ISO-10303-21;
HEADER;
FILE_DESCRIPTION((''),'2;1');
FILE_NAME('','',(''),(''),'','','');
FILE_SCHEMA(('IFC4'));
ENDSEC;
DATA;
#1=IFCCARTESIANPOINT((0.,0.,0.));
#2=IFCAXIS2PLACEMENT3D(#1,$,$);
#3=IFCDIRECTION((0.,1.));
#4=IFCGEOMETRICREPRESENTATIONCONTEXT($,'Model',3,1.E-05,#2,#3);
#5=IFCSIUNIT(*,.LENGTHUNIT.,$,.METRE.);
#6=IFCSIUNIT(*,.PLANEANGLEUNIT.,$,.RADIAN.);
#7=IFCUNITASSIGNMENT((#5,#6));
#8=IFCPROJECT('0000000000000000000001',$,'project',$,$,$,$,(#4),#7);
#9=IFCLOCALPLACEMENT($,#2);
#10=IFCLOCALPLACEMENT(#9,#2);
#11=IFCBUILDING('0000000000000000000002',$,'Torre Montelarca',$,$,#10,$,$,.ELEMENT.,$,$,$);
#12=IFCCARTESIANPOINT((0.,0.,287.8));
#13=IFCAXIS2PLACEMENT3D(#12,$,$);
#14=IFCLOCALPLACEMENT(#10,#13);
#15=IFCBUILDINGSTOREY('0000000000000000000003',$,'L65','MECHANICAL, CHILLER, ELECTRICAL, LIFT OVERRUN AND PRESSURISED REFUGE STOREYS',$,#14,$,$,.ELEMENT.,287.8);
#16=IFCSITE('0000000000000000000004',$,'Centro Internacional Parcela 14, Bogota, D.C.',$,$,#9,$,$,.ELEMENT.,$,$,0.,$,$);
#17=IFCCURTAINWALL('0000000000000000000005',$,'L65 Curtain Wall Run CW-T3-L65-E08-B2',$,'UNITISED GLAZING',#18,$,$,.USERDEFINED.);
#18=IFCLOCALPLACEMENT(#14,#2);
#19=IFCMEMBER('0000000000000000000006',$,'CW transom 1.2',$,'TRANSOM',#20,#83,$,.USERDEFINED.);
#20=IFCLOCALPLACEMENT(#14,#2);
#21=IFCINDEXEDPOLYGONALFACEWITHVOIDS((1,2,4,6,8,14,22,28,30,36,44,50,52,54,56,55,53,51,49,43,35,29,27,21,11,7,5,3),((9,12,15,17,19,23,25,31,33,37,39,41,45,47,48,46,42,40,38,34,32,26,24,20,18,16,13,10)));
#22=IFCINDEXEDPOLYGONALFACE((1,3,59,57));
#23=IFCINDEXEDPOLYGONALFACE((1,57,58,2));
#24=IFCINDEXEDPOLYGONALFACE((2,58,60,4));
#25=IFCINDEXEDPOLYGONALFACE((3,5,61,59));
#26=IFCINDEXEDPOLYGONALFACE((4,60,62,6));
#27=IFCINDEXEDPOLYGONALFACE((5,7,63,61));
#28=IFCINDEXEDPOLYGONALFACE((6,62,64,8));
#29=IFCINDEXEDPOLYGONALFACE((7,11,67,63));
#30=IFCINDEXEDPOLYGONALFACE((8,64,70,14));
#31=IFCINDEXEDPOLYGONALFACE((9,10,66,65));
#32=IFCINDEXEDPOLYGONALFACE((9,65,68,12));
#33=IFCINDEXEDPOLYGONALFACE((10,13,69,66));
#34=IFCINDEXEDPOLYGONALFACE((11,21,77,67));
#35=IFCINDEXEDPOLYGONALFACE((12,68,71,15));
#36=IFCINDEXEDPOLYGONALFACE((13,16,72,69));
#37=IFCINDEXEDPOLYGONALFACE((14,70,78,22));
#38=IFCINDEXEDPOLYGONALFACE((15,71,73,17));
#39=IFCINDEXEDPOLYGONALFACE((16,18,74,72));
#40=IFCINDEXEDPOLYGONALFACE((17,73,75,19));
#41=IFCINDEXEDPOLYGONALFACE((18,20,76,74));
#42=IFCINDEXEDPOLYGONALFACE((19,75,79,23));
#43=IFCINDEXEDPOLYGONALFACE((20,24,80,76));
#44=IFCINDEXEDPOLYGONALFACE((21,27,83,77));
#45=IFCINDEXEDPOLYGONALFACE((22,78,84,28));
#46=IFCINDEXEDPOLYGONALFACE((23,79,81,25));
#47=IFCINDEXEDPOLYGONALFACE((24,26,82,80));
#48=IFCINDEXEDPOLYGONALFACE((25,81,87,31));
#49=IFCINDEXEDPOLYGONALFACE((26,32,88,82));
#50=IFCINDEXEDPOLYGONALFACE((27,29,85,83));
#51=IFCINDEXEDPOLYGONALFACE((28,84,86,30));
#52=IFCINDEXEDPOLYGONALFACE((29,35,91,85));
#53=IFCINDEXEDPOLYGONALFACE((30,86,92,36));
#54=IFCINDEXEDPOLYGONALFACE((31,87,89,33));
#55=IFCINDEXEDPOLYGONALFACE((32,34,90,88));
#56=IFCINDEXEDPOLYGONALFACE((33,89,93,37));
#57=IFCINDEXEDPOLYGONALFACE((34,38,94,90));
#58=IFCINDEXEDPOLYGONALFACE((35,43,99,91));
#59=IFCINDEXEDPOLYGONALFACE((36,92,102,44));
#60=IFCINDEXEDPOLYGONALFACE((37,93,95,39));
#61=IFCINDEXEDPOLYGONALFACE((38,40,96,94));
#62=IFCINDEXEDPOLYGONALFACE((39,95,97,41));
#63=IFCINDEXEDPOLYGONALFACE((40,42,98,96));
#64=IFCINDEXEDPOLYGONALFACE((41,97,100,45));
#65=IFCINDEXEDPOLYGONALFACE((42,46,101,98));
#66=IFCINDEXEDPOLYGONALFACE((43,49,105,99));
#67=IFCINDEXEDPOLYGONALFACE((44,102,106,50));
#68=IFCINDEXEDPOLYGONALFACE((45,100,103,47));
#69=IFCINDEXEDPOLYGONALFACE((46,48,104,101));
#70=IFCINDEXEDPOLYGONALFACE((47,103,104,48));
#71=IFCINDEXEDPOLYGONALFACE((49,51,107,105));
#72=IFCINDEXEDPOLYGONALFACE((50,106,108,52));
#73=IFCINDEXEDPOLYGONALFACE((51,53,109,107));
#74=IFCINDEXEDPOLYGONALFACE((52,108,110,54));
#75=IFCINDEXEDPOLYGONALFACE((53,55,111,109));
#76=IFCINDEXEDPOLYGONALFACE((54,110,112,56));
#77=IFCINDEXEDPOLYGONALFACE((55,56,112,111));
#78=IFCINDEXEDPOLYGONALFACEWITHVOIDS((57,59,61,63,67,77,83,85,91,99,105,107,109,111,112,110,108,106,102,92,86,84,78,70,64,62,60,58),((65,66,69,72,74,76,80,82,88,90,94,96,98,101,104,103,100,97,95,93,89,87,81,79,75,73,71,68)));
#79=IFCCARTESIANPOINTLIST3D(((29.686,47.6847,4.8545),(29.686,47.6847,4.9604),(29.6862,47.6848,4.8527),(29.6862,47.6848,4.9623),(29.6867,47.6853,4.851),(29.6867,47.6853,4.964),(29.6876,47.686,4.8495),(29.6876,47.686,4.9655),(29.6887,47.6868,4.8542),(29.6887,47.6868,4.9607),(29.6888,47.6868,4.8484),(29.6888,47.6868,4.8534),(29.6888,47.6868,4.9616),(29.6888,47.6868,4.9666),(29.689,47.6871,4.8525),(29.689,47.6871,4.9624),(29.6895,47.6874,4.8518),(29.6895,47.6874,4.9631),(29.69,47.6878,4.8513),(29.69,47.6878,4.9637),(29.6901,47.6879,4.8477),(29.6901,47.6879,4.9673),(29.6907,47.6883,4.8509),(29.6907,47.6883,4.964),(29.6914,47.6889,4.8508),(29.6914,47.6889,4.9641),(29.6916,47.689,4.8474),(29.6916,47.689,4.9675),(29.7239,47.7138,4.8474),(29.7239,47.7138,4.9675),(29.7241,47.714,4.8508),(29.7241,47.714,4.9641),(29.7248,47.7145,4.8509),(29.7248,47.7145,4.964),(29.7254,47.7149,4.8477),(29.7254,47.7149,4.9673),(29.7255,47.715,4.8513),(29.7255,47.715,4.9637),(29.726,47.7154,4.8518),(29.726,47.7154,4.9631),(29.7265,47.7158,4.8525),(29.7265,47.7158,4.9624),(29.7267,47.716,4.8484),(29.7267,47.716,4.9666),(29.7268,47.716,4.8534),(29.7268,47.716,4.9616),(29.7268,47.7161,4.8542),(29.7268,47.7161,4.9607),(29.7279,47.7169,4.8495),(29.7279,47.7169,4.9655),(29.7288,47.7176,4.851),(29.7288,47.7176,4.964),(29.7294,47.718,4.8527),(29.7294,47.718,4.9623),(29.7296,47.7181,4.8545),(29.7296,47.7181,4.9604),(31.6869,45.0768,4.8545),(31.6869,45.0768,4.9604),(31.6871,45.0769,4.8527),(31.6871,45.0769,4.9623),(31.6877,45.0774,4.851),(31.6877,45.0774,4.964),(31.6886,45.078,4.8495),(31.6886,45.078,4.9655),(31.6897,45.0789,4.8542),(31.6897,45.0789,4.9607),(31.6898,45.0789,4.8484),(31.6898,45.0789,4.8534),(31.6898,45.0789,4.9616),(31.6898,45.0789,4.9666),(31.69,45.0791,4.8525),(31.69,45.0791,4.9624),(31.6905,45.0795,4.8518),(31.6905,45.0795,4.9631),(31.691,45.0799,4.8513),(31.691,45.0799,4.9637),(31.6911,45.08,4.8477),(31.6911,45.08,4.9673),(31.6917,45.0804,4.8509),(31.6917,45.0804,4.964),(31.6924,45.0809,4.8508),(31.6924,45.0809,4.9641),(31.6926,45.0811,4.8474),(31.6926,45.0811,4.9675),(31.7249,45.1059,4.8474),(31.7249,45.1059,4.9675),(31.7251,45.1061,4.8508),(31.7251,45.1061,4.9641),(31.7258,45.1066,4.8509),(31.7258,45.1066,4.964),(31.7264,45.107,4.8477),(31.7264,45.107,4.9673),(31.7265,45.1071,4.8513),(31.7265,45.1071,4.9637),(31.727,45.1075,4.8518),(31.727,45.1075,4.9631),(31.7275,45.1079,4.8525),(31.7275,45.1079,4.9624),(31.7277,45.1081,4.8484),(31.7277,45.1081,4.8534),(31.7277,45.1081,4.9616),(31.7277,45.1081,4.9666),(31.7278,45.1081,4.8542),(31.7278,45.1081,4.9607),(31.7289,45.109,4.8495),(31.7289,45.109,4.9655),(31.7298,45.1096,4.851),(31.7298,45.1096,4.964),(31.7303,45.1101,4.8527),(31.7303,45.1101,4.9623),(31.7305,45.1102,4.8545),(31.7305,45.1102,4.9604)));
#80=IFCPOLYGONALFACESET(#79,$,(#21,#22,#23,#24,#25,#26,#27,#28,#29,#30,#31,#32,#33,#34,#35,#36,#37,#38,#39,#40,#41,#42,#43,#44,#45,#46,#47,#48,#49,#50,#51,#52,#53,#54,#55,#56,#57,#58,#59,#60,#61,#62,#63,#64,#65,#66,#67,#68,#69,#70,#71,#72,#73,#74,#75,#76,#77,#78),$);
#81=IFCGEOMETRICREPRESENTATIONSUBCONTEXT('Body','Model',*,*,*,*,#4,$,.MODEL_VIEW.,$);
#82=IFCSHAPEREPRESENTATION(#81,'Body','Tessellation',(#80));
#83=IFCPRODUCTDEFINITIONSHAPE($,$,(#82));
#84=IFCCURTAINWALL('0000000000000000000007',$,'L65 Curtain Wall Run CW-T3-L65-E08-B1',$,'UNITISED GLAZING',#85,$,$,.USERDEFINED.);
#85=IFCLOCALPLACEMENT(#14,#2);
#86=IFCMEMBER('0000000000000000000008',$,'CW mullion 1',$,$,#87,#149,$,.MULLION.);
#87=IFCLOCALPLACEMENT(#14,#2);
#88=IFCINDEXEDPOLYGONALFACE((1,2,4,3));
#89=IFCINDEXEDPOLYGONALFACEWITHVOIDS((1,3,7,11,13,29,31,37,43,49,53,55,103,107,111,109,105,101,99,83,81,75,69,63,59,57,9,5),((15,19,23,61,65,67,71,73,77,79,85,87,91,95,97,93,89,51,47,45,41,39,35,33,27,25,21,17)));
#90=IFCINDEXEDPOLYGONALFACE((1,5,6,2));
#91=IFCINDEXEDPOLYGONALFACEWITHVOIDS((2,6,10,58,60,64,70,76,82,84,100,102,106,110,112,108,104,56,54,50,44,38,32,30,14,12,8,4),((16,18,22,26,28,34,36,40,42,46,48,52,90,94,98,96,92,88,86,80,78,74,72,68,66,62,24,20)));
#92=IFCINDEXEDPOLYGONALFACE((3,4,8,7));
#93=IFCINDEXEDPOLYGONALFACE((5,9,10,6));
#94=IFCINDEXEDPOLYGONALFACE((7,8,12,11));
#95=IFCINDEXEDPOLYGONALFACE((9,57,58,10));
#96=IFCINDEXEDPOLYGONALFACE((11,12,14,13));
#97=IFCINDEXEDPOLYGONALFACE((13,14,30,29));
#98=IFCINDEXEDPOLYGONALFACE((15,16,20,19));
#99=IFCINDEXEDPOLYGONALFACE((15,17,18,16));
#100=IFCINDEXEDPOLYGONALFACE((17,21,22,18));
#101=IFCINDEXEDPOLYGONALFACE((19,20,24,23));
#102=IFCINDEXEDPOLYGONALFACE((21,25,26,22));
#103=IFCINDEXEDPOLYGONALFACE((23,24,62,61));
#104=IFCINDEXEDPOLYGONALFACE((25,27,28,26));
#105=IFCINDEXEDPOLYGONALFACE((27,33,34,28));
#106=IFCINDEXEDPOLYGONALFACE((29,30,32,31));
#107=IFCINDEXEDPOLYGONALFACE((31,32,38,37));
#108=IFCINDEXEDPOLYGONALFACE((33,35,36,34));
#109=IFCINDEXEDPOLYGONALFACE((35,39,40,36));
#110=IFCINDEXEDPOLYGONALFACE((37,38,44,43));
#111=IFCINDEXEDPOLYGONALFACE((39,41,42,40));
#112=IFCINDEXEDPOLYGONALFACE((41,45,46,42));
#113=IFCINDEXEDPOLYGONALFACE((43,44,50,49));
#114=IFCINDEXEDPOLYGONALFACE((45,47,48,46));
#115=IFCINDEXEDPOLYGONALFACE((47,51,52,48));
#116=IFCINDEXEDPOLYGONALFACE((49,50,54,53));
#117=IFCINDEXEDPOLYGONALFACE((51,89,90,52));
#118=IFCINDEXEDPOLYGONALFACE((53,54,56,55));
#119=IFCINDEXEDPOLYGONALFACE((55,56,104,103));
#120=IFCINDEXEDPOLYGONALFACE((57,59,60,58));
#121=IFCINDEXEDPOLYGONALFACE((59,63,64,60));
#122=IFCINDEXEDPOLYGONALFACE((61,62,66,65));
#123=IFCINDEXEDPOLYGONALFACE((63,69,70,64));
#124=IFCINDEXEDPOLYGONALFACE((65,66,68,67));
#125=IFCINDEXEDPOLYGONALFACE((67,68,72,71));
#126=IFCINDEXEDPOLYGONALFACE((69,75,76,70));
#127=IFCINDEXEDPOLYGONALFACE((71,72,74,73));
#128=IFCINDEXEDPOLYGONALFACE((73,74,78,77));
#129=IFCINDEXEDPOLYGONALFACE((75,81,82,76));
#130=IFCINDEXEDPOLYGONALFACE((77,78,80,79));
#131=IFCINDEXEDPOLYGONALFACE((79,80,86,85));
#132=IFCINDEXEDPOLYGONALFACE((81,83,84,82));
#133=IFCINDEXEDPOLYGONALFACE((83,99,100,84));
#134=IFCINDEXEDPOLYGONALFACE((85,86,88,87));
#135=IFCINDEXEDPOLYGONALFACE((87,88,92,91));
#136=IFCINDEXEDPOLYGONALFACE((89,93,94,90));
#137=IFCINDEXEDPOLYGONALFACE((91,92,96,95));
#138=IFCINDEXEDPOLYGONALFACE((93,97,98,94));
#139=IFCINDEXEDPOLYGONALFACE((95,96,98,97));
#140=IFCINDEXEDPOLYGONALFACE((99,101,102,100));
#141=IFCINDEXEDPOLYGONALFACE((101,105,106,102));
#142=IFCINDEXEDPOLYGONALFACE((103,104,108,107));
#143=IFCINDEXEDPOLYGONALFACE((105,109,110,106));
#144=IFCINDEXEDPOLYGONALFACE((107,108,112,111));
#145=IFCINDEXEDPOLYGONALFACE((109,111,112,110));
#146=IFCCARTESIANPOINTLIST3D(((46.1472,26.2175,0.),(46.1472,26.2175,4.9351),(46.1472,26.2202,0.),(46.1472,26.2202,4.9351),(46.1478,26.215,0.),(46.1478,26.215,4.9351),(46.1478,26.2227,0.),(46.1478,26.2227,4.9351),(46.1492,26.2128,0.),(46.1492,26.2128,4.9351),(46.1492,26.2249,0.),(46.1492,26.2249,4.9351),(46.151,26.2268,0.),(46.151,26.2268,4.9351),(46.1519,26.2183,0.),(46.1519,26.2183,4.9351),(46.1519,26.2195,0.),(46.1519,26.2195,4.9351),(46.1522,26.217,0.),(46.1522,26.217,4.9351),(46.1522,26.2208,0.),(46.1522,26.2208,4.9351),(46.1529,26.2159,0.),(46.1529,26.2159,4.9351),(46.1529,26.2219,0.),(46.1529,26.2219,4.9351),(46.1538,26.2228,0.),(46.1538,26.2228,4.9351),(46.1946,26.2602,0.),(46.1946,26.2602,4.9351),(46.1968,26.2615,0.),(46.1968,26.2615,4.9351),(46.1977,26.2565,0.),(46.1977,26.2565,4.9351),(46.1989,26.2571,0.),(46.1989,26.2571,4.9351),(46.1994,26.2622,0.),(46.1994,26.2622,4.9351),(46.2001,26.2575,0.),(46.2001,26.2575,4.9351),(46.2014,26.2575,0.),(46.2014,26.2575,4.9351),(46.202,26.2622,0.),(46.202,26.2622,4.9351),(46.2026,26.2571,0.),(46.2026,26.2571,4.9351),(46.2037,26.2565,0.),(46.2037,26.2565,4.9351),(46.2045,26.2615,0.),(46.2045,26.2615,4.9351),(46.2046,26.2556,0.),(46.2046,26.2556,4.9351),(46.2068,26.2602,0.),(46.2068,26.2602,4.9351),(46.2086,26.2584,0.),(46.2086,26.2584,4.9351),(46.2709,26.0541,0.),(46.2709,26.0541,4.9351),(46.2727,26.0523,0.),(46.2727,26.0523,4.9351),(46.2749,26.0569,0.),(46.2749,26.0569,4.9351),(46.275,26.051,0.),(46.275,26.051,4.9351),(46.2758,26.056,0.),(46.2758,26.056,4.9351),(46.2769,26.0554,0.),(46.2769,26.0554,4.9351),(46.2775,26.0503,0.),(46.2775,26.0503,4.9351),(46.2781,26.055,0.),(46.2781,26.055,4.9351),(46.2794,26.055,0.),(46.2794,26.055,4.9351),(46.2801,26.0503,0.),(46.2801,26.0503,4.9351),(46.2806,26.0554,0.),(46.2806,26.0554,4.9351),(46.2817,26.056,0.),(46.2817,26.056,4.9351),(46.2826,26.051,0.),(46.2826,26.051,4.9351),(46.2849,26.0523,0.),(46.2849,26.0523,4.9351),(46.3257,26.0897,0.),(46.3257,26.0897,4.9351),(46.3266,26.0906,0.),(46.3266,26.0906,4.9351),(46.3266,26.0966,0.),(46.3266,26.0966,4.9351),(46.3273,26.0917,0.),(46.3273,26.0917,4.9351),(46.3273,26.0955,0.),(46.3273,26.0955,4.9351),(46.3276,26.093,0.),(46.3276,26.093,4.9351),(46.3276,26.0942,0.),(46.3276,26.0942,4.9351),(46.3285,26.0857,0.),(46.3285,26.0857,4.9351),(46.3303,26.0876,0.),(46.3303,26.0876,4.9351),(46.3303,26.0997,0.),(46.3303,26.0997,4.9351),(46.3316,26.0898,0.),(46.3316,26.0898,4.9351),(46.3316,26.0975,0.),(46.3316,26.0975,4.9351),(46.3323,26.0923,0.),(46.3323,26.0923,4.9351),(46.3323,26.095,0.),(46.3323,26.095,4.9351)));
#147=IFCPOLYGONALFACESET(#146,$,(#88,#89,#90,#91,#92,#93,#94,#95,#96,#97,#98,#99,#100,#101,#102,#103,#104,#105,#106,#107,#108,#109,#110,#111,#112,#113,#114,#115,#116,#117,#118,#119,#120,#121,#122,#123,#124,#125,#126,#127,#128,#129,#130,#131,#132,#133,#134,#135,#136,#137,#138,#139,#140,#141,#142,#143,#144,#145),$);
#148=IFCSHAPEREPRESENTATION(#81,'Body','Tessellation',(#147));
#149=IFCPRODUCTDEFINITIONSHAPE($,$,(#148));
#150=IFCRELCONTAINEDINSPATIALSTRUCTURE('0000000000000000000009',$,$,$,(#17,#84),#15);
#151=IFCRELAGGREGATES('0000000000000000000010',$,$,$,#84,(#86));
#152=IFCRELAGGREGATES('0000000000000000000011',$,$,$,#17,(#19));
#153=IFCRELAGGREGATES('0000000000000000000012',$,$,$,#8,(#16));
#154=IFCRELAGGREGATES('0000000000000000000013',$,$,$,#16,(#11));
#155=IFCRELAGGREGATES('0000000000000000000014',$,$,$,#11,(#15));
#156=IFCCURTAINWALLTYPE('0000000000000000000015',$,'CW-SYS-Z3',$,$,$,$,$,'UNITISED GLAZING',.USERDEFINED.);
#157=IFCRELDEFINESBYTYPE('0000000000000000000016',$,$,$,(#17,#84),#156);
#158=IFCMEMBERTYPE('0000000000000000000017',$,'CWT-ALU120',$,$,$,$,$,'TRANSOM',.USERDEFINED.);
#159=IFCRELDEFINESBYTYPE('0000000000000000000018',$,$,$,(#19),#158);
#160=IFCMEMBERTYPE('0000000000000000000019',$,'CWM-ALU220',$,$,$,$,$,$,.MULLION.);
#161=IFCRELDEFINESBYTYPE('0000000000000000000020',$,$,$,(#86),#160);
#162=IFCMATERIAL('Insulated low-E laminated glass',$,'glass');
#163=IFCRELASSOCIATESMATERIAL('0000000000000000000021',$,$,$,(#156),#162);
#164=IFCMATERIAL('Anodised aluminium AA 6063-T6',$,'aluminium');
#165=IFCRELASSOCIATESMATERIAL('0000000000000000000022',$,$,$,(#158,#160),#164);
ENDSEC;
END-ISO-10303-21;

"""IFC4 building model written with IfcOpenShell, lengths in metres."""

from ifc_helpers import new_model, si_unit, direction, frame, origin, origin_2d, place, context, subcontext, project, spatial, hollow_rectangle, extrude, source, transform, mapped, material, material_profile, profile_set, type_object, element, aggregate, save


model = new_model("IFC4")

# Units and contexts
model_context = context("Model", 3, precision=1e-05, world=origin(), true_north=direction((0.0, 1.0)))
body_context = subcontext(model_context, "Body", "Model", "MODEL_VIEW")
ifc_project = project(units=[si_unit("LENGTHUNIT", "METRE"), si_unit("PLANEANGLEUNIT", "RADIAN")], contexts=[model_context])

# Site, building, storey
site_placement = place(None, origin())
site = spatial("IfcSite", under=ifc_project, at=site_placement, Name="Centro Internacional Parcela 14, Bogota, D.C.", CompositionType="ELEMENT", RefElevation=0.0)
building_placement = place(site_placement, origin())
building = spatial("IfcBuilding", under=site, at=building_placement, Name="Torre Montelarca", CompositionType="ELEMENT")
storey_placement = place(building_placement, frame((0.0, 0.0, 287.8)))
storey = spatial("IfcBuildingStorey", under=building, at=storey_placement, Name="L65", Description="MECHANICAL, CHILLER, ELECTRICAL, LIFT OVERRUN AND PRESSURISED REFUGE STOREYS", CompositionType="ELEMENT", Elevation=287.8)

# Curtain walls, members
ifc_material_1 = material(Name="Insulated low-E laminated glass", Category="glass")
curtain_wall_type = type_object("IfcCurtainWallType", Name="CW-SYS-Z3", ElementType="UNITISED GLAZING", PredefinedType="USERDEFINED", material=ifc_material_1)
curtain_wall_1_placement = place(storey_placement, origin())
curtain_wall_1 = element("IfcCurtainWall", 1, at=curtain_wall_1_placement, inside=storey, type_object=curtain_wall_type, Name="L65 Curtain Wall Run CW-T3-L65-E08-B2", ObjectType="UNITISED GLAZING", PredefinedType="USERDEFINED")
ifc_material_2 = material(Name="Anodised aluminium AA 6063-T6", Category="aluminium")
ifc_material_profile_1 = material_profile(ifc_material_2, hollow_rectangle(XDim=0.0549, YDim=0.1201, WallThickness=0.0034, InnerFilletRadius=0.0034, OuterFilletRadius=0.0071, at=origin_2d()), Name="ALU55X120X3.5", Category="aluminium")
ifc_profile_set_1 = profile_set([ifc_material_profile_1], Name="Anodised aluminium AA 6063-T6")
member_type_1 = type_object("IfcMemberType", Name="CWT-ALU120", ElementType="TRANSOM", PredefinedType="USERDEFINED", material=ifc_profile_set_1)
shared_shape_1 = source(origin(), body_context, "Body", "SweptSolid", [
    extrude(hollow_rectangle(XDim=0.0549, YDim=0.1201, WallThickness=0.0034, InnerFilletRadius=0.0034, OuterFilletRadius=0.0071, at=origin_2d()), origin(), (0.0, 0.0, 1.0), 3.2871),
])
member_1_placement = place(storey_placement, frame((31.7087, 45.0935, 4.9075), z_axis=(-0.608734, 0.793374, 0.0), x_axis=(-0.793374, -0.608734, 0.0)))
member_1 = element("IfcMember", 2, at=member_1_placement, type_object=member_type_1, Name="CW transom 1.2", ObjectType="TRANSOM", PredefinedType="USERDEFINED", context=body_context, shape_type="MappedRepresentation", body=[
    mapped(shared_shape_1, transform((0.0, 0.0, 0.0), scale=1.0)),
])
curtain_wall_2_placement = place(storey_placement, origin())
curtain_wall_2 = element("IfcCurtainWall", 3, at=curtain_wall_2_placement, inside=storey, type_object=curtain_wall_type, Name="L65 Curtain Wall Run CW-T3-L65-E08-B1", ObjectType="UNITISED GLAZING", PredefinedType="USERDEFINED")
ifc_material_profile_2 = material_profile(ifc_material_2, hollow_rectangle(XDim=0.075, YDim=0.22, WallThickness=0.0049, InnerFilletRadius=0.0049, OuterFilletRadius=0.01, at=origin_2d()), Name="ALU75X220X5", Category="aluminium")
ifc_profile_set_2 = profile_set([ifc_material_profile_2], Name="Anodised aluminium AA 6063-T6")
member_type_2 = type_object("IfcMemberType", Name="CWM-ALU220", PredefinedType="MULLION", material=ifc_profile_set_2)
shared_shape_2 = source(origin(), body_context, "Body", "SweptSolid", [
    extrude(hollow_rectangle(XDim=0.075, YDim=0.22, WallThickness=0.0049, InnerFilletRadius=0.0049, OuterFilletRadius=0.01, at=origin_2d()), origin(), (0.0, 0.0, 1.0), 4.9351),
])
member_2_placement = place(storey_placement, frame((46.2397, 26.1562, 0.0), z_axis=(0.0, 0.0, 1.0), x_axis=(-0.793354, -0.608761, 0.0)))
member_2 = element("IfcMember", 4, at=member_2_placement, type_object=member_type_2, Name="CW mullion 1", PredefinedType="MULLION", context=body_context, shape_type="MappedRepresentation", body=[
    mapped(shared_shape_2, transform((0.0, 0.0, 0.0), scale=1.0)),
])

aggregate(curtain_wall_2, [member_2])
aggregate(curtain_wall_1, [member_1])

save(model, "model.ifc")
